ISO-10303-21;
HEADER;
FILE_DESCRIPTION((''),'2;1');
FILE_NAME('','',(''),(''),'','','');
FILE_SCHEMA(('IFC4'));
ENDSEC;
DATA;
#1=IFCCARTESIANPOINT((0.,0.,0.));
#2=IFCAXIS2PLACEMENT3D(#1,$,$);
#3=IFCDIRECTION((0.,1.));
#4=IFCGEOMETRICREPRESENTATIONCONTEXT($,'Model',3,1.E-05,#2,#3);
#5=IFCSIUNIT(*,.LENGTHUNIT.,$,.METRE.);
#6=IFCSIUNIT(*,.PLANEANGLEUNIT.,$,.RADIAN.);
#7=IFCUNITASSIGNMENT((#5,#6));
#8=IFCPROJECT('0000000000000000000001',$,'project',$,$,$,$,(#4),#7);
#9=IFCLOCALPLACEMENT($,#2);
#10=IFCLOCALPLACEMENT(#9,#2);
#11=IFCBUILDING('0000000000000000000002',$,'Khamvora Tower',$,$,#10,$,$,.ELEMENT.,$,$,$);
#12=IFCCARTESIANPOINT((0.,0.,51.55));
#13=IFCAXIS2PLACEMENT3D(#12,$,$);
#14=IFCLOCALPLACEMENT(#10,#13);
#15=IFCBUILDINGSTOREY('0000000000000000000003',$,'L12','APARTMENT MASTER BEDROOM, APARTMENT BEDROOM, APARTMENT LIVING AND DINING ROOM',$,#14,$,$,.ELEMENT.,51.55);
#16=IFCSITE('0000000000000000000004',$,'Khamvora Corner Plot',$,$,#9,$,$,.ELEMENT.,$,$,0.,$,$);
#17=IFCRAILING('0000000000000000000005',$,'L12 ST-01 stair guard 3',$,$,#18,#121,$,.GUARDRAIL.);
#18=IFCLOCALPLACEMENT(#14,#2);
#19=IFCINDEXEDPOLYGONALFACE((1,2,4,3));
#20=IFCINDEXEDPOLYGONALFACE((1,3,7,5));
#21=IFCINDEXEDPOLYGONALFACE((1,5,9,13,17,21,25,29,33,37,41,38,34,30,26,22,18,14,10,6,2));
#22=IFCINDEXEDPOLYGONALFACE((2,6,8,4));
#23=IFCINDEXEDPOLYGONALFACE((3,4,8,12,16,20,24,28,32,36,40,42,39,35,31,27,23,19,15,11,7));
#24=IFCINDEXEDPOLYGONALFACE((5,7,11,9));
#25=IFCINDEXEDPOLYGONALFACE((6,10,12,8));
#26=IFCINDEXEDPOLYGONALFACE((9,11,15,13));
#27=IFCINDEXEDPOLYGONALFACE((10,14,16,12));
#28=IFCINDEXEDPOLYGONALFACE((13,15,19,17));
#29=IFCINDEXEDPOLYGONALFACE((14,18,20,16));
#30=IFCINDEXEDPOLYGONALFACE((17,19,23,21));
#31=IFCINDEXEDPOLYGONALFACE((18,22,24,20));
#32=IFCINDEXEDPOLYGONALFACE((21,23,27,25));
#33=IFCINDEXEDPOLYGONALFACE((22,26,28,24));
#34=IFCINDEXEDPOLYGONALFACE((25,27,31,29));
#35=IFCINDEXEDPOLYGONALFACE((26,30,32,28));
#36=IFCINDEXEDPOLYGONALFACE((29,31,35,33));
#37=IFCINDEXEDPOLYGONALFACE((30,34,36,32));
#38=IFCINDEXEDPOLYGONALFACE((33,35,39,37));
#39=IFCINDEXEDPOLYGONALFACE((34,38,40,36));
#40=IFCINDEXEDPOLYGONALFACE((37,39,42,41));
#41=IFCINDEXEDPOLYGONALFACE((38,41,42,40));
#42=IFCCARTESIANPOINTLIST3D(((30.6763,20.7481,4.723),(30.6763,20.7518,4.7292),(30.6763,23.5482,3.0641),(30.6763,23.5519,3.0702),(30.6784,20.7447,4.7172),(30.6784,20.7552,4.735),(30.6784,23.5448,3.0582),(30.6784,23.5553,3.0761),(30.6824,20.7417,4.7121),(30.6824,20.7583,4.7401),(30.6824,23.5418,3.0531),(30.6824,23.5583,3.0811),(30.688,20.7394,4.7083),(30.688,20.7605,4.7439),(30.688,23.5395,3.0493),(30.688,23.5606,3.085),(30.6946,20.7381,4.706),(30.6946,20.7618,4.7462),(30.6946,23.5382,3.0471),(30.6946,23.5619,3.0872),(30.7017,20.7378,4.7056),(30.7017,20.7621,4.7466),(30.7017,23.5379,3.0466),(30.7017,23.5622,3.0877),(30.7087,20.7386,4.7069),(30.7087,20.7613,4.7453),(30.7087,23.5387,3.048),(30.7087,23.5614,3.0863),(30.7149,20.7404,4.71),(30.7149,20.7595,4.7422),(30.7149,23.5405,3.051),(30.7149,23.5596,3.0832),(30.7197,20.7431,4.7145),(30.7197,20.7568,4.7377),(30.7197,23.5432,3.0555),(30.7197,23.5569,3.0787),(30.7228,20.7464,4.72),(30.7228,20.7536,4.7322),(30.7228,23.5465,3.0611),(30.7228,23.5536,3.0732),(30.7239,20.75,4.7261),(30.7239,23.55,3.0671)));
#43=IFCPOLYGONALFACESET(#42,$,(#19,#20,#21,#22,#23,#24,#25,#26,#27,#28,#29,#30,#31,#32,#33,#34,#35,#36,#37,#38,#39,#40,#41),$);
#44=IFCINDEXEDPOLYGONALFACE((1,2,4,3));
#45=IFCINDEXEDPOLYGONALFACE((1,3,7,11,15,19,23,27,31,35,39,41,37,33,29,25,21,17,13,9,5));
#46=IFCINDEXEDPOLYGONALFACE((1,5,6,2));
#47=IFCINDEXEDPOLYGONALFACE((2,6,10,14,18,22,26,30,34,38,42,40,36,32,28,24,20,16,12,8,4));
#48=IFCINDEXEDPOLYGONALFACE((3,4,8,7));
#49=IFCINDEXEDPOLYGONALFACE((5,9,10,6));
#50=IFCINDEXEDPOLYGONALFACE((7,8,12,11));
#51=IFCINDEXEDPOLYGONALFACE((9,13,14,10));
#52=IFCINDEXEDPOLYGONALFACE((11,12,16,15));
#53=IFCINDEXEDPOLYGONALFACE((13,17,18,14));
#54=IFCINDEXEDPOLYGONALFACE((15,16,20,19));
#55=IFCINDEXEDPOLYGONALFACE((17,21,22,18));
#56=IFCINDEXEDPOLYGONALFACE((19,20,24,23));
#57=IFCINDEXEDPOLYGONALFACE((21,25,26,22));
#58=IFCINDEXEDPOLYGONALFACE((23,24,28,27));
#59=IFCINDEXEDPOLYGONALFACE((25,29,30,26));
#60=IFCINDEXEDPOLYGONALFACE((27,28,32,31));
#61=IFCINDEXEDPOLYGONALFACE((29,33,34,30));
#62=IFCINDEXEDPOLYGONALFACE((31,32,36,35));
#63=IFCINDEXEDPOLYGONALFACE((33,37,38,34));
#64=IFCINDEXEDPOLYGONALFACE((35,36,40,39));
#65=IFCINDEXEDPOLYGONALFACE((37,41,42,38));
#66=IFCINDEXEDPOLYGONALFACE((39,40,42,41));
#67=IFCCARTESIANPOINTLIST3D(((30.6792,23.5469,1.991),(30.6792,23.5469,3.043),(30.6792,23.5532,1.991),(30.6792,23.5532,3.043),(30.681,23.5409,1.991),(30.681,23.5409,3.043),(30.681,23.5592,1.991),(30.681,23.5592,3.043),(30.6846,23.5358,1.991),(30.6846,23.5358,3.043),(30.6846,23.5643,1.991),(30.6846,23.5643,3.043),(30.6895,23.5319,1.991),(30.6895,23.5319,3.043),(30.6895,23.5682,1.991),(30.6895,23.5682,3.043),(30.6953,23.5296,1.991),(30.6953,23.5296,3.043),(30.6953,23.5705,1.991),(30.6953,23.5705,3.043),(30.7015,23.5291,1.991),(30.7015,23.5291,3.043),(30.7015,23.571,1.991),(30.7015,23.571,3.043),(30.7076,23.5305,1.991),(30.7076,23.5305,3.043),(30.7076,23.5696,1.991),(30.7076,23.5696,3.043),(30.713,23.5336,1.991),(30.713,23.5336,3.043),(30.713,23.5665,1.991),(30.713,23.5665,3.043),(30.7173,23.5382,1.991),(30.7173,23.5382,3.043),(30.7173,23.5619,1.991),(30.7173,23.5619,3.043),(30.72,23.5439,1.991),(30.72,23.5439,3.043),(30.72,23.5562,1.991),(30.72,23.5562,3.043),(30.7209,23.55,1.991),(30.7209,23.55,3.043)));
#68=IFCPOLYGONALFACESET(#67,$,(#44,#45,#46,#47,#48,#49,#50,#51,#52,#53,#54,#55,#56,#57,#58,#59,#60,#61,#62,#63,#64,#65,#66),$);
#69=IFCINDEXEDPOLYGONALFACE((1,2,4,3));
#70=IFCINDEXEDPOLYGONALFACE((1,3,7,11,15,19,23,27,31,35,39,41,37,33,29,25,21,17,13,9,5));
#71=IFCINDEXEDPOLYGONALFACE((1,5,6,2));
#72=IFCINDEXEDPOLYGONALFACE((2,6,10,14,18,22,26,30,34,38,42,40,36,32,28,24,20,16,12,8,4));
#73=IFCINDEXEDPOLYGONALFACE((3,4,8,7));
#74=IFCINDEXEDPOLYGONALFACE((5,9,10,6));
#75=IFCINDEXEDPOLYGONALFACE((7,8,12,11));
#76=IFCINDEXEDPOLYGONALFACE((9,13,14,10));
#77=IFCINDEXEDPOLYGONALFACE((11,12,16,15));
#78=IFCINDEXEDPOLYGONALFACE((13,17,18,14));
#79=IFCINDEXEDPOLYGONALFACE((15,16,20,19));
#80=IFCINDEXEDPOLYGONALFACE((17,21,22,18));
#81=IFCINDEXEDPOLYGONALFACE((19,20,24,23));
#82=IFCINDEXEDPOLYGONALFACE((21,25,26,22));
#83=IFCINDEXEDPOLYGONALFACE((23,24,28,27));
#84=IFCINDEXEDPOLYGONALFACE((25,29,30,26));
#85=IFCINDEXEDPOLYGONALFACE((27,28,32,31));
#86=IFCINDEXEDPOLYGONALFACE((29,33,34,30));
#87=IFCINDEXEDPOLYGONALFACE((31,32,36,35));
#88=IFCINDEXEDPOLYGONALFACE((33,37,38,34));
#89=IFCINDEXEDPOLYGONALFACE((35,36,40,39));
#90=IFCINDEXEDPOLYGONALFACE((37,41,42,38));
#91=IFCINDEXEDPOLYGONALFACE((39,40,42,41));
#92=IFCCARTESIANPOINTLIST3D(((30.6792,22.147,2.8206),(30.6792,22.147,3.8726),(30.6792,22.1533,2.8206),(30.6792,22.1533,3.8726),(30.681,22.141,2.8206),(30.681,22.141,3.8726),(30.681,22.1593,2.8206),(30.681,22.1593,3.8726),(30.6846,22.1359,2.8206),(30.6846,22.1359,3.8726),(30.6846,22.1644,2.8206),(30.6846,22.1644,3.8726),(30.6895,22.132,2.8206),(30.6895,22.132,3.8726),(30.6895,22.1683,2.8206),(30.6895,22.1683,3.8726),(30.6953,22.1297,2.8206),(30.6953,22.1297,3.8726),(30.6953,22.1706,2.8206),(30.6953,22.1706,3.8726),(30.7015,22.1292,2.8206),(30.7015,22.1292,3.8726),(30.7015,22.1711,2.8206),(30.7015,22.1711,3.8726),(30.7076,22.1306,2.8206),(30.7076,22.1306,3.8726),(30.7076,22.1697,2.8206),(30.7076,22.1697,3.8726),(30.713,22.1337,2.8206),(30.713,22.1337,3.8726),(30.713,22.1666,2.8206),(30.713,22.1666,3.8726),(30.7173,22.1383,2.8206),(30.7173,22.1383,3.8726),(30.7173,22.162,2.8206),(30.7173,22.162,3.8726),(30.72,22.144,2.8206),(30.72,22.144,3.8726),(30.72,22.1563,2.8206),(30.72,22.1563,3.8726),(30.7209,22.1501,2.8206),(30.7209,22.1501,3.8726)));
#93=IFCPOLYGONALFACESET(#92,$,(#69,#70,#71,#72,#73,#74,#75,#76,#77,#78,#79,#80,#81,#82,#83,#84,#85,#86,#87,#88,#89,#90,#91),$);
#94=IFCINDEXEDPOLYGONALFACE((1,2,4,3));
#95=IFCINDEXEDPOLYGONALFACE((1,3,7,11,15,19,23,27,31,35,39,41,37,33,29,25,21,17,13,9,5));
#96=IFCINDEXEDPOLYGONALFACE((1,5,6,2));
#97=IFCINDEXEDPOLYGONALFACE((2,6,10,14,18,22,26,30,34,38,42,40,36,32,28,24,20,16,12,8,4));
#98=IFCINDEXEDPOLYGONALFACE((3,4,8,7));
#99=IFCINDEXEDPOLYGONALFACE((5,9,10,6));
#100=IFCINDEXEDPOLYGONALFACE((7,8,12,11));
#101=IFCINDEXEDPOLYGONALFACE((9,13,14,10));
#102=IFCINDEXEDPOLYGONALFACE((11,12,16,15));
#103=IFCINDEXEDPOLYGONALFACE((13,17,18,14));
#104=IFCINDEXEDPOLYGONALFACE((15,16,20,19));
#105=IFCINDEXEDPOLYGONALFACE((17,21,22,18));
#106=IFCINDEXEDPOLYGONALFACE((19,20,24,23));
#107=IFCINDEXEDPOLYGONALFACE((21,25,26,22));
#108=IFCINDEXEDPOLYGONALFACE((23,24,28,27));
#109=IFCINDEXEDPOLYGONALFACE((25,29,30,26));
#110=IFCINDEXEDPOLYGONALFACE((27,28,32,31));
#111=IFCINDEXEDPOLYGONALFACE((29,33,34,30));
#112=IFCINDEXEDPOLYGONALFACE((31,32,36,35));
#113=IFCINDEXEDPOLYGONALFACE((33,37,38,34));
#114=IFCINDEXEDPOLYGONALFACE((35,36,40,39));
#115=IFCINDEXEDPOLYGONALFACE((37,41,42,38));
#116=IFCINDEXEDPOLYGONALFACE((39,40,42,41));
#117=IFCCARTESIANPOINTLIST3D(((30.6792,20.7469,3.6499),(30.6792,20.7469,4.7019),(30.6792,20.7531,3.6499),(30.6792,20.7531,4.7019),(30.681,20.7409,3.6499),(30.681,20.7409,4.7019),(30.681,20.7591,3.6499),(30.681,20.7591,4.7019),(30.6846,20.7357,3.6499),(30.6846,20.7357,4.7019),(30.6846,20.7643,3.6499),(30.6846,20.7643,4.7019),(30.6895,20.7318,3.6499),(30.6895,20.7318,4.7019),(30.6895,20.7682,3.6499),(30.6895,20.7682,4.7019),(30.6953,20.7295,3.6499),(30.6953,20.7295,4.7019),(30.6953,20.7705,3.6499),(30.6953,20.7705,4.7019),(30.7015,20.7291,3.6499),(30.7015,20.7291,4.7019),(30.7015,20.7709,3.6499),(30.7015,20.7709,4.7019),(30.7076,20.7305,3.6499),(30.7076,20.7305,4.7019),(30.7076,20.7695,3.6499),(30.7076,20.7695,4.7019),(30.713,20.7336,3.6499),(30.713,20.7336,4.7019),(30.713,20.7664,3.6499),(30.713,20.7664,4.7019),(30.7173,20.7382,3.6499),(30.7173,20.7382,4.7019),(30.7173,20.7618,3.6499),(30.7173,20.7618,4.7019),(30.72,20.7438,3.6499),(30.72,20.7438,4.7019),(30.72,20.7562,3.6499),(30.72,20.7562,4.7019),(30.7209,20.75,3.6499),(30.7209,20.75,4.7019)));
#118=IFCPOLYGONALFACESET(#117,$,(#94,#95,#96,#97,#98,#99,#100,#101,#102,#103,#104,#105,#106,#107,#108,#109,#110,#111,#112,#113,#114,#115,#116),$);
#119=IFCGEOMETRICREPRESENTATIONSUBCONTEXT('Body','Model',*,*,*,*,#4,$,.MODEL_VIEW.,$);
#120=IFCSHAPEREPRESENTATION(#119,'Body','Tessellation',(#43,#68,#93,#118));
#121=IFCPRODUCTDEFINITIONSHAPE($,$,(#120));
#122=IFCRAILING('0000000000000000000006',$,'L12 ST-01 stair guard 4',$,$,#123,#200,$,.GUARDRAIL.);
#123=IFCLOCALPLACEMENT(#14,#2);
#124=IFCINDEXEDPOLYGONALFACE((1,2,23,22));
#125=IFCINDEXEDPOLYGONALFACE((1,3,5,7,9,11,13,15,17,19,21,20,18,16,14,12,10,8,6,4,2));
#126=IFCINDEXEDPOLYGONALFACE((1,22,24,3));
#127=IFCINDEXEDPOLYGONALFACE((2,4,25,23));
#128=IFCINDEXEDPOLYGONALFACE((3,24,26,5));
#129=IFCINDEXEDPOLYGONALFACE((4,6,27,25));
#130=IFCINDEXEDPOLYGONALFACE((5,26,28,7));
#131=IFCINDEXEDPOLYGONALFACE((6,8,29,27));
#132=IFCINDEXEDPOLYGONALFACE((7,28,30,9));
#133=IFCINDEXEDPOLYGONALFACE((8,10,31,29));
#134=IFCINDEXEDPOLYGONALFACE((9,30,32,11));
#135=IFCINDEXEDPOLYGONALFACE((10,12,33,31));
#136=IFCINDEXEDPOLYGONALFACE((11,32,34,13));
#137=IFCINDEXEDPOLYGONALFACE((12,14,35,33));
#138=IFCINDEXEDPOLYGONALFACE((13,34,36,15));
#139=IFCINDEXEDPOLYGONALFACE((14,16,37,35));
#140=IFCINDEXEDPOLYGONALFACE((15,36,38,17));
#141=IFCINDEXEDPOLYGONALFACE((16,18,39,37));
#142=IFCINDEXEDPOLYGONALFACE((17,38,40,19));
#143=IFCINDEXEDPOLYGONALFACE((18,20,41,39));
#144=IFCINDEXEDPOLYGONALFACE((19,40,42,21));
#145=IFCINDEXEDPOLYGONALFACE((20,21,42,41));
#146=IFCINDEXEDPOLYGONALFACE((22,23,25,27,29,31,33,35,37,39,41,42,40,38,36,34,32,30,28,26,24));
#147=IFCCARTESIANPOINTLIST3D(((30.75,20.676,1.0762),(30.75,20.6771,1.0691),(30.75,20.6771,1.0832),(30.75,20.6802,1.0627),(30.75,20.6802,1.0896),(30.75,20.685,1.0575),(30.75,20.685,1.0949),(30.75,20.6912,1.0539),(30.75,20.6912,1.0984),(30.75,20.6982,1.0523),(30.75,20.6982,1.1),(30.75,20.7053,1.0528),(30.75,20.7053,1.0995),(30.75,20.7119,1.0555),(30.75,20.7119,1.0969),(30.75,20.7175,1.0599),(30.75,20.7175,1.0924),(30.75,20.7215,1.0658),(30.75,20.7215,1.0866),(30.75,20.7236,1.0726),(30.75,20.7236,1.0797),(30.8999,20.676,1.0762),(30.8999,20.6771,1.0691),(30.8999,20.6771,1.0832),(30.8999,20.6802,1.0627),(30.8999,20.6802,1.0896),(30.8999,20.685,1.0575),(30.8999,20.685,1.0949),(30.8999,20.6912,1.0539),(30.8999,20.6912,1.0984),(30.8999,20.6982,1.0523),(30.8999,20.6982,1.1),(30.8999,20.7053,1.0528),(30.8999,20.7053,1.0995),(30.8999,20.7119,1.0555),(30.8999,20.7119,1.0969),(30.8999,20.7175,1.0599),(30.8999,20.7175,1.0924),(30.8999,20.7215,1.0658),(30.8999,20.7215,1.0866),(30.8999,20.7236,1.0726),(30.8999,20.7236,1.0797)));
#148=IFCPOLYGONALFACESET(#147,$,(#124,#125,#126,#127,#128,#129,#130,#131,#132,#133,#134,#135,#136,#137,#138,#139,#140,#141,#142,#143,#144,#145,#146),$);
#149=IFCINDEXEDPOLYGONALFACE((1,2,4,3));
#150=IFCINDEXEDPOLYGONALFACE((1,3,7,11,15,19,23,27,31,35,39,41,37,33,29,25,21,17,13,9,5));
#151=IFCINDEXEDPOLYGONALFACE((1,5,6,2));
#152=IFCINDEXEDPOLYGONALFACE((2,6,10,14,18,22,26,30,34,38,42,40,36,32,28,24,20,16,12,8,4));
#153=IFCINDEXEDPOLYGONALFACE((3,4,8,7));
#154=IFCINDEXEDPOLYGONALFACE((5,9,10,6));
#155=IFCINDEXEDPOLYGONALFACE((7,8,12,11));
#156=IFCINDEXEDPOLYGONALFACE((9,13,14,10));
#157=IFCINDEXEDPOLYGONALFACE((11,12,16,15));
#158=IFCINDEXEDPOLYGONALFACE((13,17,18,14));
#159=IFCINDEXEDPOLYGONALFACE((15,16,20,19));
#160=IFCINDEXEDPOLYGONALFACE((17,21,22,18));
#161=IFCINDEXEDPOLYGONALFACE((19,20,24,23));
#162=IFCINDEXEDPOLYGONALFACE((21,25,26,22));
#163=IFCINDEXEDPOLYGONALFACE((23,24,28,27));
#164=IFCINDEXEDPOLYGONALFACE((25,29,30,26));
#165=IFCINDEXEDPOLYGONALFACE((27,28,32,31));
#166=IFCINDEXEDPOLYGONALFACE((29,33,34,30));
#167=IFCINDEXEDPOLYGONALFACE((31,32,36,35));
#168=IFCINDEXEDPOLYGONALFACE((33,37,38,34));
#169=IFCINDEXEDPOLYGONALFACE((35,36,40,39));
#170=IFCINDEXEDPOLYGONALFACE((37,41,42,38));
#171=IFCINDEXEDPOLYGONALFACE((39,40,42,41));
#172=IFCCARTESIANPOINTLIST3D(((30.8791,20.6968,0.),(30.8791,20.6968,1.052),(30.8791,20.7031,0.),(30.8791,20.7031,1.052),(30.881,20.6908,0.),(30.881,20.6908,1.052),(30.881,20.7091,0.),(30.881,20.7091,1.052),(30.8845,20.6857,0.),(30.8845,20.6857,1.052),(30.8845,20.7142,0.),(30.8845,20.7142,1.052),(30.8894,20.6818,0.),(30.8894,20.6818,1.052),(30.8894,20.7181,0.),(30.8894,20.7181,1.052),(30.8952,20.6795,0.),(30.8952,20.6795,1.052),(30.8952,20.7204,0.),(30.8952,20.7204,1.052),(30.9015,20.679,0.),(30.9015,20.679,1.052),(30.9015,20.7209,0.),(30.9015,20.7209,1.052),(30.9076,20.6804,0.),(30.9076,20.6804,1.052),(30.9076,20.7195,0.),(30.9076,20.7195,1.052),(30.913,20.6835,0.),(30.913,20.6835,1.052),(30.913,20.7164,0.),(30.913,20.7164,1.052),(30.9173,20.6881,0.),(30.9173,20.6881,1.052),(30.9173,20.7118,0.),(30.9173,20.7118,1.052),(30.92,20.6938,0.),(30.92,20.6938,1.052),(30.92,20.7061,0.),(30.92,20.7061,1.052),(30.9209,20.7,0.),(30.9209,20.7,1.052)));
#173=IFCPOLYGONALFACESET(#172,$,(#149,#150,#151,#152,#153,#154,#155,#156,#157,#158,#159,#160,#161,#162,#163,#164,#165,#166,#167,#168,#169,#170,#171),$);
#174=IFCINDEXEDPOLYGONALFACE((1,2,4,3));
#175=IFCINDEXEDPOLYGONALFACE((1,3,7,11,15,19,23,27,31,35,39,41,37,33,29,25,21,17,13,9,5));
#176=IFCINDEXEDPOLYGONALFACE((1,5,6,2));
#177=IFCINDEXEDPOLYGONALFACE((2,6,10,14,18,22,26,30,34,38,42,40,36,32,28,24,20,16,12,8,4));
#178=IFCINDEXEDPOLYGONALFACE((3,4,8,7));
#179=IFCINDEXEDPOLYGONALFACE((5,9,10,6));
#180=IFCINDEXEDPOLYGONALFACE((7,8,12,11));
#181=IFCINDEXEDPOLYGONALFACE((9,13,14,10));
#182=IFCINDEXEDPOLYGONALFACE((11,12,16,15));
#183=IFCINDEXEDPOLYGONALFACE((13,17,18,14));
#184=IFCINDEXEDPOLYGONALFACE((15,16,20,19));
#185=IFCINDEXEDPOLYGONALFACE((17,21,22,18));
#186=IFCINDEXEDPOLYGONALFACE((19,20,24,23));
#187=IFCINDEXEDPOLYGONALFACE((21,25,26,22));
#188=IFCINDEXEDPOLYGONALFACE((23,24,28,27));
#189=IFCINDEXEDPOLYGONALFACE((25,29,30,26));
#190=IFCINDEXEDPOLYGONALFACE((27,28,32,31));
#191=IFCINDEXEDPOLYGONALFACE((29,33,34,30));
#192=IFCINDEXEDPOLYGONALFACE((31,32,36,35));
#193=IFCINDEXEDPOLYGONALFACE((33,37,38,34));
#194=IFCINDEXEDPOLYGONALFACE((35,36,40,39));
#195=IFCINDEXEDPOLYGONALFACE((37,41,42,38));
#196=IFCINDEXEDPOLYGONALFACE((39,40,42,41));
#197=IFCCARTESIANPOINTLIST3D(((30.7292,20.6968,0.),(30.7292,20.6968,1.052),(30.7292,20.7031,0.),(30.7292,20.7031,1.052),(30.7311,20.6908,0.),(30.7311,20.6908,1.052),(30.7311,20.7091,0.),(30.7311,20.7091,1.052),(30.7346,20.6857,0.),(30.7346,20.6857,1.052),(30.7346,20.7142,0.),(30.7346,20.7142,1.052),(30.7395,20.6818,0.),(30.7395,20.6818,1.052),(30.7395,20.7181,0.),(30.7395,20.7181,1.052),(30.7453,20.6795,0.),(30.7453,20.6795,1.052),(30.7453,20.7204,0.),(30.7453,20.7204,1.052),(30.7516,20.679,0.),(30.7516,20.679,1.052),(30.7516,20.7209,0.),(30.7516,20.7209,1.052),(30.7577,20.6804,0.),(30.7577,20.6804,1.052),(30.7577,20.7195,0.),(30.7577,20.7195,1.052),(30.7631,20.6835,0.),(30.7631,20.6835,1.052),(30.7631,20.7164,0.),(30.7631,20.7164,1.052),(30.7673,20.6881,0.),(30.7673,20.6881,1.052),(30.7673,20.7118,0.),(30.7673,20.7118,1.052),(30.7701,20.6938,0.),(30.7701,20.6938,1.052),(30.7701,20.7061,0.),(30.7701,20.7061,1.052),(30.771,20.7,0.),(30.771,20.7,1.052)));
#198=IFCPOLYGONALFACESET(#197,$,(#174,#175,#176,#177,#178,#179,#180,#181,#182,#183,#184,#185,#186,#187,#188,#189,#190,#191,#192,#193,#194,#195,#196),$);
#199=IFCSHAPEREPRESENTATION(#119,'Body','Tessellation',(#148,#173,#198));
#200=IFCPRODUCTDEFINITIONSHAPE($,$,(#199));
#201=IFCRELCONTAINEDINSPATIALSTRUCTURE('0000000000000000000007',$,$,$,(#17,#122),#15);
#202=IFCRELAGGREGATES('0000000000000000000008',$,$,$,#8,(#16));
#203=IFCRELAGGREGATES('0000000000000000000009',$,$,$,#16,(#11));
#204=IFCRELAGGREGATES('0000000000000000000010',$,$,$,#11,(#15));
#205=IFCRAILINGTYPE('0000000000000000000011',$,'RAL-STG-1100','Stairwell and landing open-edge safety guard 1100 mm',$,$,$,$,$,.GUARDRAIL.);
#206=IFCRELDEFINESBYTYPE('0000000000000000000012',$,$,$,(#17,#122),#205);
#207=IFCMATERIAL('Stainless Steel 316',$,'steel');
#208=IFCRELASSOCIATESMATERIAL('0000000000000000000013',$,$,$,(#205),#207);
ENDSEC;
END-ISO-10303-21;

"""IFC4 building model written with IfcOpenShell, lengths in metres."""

from ifc_helpers import new_model, si_unit, direction, frame, origin, origin_2d, place, context, subcontext, project, spatial, circle, extrude, material, type_object, element, save


model = new_model("IFC4")

# Units and contexts
model_context = context("Model", 3, precision=1e-05, world=origin(), true_north=direction((0.0, 1.0)))
body_context = subcontext(model_context, "Body", "Model", "MODEL_VIEW")
ifc_project = project(units=[si_unit("LENGTHUNIT", "METRE"), si_unit("PLANEANGLEUNIT", "RADIAN")], contexts=[model_context])

# Site, building, storey
site_placement = place(None, origin())
site = spatial("IfcSite", under=ifc_project, at=site_placement, Name="Khamvora Corner Plot", CompositionType="ELEMENT", RefElevation=0.0)
building_placement = place(site_placement, origin())
building = spatial("IfcBuilding", under=site, at=building_placement, Name="Khamvora Tower", CompositionType="ELEMENT")
storey_placement = place(building_placement, frame((0.0, 0.0, 51.55)))
storey = spatial("IfcBuildingStorey", under=building, at=storey_placement, Name="L12", Description="APARTMENT MASTER BEDROOM, APARTMENT BEDROOM, APARTMENT LIVING AND DINING ROOM", CompositionType="ELEMENT", Elevation=51.55)

# Railings
ifc_material_1 = material(Name="Stainless Steel 316", Category="steel")
railing_type_1 = type_object("IfcRailingType", Name="RAL-STG-1100", Description="Stairwell and landing open-edge safety guard 1100 mm", PredefinedType="GUARDRAIL", material=ifc_material_1)
railing_1_placement = place(storey_placement, frame((30.7, 23.55, 1.991)))
element("IfcRailing", 1, at=railing_1_placement, inside=storey, type_object=railing_type_1, Name="L12 ST-01 stair guard 3", PredefinedType="GUARDRAIL", context=body_context, shape_type="SweptSolid", body=[
    extrude(circle(Radius=0.0239, at=origin_2d()), frame((0.0, 0.0, 1.0762), z_axis=(0.0, -0.860339, 0.509722), x_axis=(1.0, 0.0, 0.0)), (0.0, 0.0, 1.0), 3.2546),
    extrude(circle(Radius=0.021, at=origin_2d()), origin(), (0.0, 0.0, 1.0), 1.052),
    extrude(circle(Radius=0.021, at=origin_2d()), frame((0.0, -1.3999, 0.8296)), (0.0, 0.0, 1.0), 1.052),
    extrude(circle(Radius=0.021, at=origin_2d()), frame((0.0, -2.8, 1.6589)), (0.0, 0.0, 1.0), 1.052),
])
railing_2_placement = place(storey_placement, frame((30.8999, 20.7, 0.0)))
element("IfcRailing", 2, at=railing_2_placement, inside=storey, type_object=railing_type_1, Name="L12 ST-01 stair guard 4", PredefinedType="GUARDRAIL", context=body_context, shape_type="SweptSolid", body=[
    extrude(circle(Radius=0.0239, at=origin_2d()), frame((0.0, 0.0, 1.0762), z_axis=(-1.0, 0.0, 0.0), x_axis=(0.0, -1.0, 0.0)), (0.0, 0.0, 1.0), 0.1499),
    extrude(circle(Radius=0.021, at=origin_2d()), origin(), (0.0, 0.0, 1.0), 1.052),
    extrude(circle(Radius=0.021, at=origin_2d()), frame((-0.1499, 0.0, 0.0)), (0.0, 0.0, 1.0), 1.052),
])

save(model, "model.ifc")
